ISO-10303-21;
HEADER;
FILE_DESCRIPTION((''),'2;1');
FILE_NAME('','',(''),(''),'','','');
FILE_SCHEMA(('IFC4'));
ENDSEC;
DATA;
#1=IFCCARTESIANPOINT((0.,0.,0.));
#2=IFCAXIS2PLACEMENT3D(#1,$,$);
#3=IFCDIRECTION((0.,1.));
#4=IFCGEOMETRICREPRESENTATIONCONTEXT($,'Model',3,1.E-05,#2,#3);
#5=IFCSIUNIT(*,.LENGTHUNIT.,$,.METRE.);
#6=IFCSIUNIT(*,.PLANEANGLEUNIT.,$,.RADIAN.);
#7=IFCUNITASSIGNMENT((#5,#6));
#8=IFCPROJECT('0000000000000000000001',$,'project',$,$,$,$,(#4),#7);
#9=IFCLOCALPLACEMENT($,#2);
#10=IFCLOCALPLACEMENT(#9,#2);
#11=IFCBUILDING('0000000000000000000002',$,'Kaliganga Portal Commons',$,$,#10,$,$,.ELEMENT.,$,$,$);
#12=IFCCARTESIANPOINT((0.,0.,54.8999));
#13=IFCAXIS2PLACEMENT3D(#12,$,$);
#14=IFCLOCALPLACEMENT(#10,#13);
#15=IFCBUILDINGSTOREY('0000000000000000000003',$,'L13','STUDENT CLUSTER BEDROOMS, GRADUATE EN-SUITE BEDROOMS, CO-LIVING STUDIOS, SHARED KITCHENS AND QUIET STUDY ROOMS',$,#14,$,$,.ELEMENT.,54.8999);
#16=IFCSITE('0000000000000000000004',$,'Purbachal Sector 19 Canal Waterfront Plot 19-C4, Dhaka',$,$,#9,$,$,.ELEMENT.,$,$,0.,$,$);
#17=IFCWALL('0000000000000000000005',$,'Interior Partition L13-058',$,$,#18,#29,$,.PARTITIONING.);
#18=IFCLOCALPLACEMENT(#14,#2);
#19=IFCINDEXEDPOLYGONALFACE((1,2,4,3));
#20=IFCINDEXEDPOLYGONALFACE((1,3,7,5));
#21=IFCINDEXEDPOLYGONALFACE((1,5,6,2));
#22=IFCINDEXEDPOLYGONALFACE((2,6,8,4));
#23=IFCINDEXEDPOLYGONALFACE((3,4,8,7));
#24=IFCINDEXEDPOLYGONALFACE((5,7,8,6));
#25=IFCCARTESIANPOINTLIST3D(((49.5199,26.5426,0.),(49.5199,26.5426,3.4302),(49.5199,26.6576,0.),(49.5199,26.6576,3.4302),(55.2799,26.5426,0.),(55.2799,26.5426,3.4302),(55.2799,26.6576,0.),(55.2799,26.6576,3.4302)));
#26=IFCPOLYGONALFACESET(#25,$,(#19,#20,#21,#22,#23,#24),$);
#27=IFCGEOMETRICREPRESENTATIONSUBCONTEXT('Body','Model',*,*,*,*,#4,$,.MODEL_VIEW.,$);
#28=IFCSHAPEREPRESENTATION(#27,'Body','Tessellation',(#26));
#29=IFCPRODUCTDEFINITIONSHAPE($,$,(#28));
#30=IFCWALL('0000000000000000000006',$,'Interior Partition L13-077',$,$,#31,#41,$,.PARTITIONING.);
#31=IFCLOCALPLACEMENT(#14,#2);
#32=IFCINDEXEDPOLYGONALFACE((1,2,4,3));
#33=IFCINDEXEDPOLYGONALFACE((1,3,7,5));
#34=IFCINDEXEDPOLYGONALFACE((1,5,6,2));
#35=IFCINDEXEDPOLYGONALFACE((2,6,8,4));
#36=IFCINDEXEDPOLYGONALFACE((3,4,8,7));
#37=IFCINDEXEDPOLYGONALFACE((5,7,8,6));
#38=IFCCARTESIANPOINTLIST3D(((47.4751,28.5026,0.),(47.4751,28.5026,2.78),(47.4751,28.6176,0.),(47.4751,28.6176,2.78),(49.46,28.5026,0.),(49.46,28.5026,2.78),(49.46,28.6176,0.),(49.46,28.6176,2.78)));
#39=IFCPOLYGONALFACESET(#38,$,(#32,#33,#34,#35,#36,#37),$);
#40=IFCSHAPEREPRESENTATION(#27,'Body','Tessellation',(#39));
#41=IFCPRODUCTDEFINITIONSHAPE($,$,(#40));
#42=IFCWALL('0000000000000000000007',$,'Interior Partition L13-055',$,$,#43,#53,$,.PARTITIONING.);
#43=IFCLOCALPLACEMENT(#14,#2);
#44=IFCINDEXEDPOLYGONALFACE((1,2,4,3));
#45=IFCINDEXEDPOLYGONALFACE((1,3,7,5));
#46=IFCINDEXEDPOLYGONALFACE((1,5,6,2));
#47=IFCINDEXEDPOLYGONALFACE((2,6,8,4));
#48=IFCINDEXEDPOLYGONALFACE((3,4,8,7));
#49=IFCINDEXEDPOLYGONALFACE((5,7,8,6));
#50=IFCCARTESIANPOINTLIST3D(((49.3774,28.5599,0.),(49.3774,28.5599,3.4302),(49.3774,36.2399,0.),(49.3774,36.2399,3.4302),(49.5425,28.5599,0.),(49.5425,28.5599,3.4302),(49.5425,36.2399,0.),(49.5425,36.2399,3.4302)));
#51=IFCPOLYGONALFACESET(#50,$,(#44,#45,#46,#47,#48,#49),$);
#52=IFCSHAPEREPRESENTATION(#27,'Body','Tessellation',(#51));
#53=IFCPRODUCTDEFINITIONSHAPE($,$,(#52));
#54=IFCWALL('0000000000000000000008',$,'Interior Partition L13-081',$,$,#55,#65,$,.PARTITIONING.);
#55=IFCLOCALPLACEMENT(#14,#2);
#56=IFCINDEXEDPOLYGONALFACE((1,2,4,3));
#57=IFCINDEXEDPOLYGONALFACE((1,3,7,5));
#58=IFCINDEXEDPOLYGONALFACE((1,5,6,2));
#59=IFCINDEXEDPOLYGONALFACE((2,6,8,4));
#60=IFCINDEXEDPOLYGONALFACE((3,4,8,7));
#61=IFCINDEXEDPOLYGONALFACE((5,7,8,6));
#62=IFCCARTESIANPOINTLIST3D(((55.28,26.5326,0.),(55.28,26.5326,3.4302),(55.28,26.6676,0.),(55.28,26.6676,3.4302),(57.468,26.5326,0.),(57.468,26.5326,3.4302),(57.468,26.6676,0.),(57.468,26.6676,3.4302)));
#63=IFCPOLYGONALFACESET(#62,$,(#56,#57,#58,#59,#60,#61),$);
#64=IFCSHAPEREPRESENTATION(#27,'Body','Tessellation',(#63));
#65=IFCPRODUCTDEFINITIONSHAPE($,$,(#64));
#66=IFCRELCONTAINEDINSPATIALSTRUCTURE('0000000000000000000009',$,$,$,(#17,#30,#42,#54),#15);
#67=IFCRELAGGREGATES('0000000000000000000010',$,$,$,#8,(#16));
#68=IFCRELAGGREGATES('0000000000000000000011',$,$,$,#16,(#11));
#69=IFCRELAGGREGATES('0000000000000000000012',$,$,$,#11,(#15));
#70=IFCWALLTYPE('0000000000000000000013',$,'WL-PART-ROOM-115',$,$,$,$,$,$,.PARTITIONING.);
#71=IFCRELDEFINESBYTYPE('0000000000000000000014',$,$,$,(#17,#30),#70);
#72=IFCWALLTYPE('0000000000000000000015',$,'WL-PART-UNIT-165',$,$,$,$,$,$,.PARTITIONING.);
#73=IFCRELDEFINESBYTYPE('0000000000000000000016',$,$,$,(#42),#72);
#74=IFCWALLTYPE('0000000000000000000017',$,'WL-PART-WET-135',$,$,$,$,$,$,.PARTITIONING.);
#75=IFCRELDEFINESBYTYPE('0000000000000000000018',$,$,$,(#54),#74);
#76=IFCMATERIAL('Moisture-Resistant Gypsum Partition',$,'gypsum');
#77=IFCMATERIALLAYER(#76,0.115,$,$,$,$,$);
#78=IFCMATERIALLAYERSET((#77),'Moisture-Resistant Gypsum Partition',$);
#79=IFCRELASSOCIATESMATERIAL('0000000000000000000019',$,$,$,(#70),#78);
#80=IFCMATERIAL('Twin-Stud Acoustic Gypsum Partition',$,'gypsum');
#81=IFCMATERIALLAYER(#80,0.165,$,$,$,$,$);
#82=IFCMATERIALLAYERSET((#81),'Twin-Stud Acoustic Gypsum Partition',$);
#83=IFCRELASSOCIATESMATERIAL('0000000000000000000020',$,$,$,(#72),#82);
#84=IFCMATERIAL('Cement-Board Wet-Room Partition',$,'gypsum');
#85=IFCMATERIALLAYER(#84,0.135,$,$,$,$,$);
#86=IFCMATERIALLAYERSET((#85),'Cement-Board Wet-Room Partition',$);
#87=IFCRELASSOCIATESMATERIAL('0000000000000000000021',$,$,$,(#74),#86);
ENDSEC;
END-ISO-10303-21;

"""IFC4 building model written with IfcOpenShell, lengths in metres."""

from ifc_helpers import new_model, si_unit, direction, frame, frame_2d, origin, place, context, subcontext, project, spatial, rectangle, extrude, material, layer, layer_set, type_object, element, save


model = new_model("IFC4")

# Units and contexts
model_context = context("Model", 3, precision=1e-05, world=origin(), true_north=direction((0.0, 1.0)))
body_context = subcontext(model_context, "Body", "Model", "MODEL_VIEW")
ifc_project = project(units=[si_unit("LENGTHUNIT", "METRE"), si_unit("PLANEANGLEUNIT", "RADIAN")], contexts=[model_context])

# Site, building, storey
site_placement = place(None, origin())
site = spatial("IfcSite", under=ifc_project, at=site_placement, Name="Purbachal Sector 19 Canal Waterfront Plot 19-C4, Dhaka", CompositionType="ELEMENT", RefElevation=0.0)
building_placement = place(site_placement, origin())
building = spatial("IfcBuilding", under=site, at=building_placement, Name="Kaliganga Portal Commons", CompositionType="ELEMENT")
storey_placement = place(building_placement, frame((0.0, 0.0, 54.8999)))
storey = spatial("IfcBuildingStorey", under=building, at=storey_placement, Name="L13", Description="STUDENT CLUSTER BEDROOMS, GRADUATE EN-SUITE BEDROOMS, CO-LIVING STUDIOS, SHARED KITCHENS AND QUIET STUDY ROOMS", CompositionType="ELEMENT", Elevation=54.8999)

# Walls
ifc_material_1 = material(Name="Moisture-Resistant Gypsum Partition", Category="gypsum")
ifc_layer_1 = layer(ifc_material_1, 0.115)
ifc_layer_set_1 = layer_set([ifc_layer_1], Name="Moisture-Resistant Gypsum Partition")
wall_type_1 = type_object("IfcWallType", Name="WL-PART-ROOM-115", PredefinedType="PARTITIONING", material=ifc_layer_set_1)
wall_1_placement = place(storey_placement, frame((49.52, 26.6001, 0.0), z_axis=(0.0, 0.0, 1.0), x_axis=(1.0, 0.0, 0.0)))
element("IfcWall", 1, at=wall_1_placement, inside=storey, type_object=wall_type_1, Name="Interior Partition L13-058", PredefinedType="PARTITIONING", context=body_context, shape_type="SweptSolid", body=[
    extrude(rectangle(XDim=5.76, YDim=0.115, at=frame_2d((2.8799, 0.0))), origin(), (0.0, 0.0, 1.0), 3.4302),
])
wall_2_placement = place(storey_placement, frame((47.4751, 28.5601, 0.0), z_axis=(0.0, 0.0, 1.0), x_axis=(1.0, 0.0, 0.0)))
element("IfcWall", 2, at=wall_2_placement, inside=storey, type_object=wall_type_1, Name="Interior Partition L13-077", PredefinedType="PARTITIONING", context=body_context, shape_type="SweptSolid", body=[
    extrude(rectangle(XDim=1.9849, YDim=0.115, at=frame_2d((0.9924, 0.0))), origin(), (0.0, 0.0, 1.0), 2.78),
])
ifc_material_2 = material(Name="Twin-Stud Acoustic Gypsum Partition", Category="gypsum")
ifc_layer_2 = layer(ifc_material_2, 0.165)
ifc_layer_set_2 = layer_set([ifc_layer_2], Name="Twin-Stud Acoustic Gypsum Partition")
wall_type_2 = type_object("IfcWallType", Name="WL-PART-UNIT-165", PredefinedType="PARTITIONING", material=ifc_layer_set_2)
wall_3_placement = place(storey_placement, frame((49.46, 28.5601, 0.0), z_axis=(0.0, 0.0, 1.0), x_axis=(0.0, 1.0, 0.0)))
element("IfcWall", 3, at=wall_3_placement, inside=storey, type_object=wall_type_2, Name="Interior Partition L13-055", PredefinedType="PARTITIONING", context=body_context, shape_type="SweptSolid", body=[
    extrude(rectangle(XDim=7.6799, YDim=0.165, at=frame_2d((3.8398, 0.0))), origin(), (0.0, 0.0, 1.0), 3.4302),
])
ifc_material_3 = material(Name="Cement-Board Wet-Room Partition", Category="gypsum")
ifc_layer_3 = layer(ifc_material_3, 0.135)
ifc_layer_set_3 = layer_set([ifc_layer_3], Name="Cement-Board Wet-Room Partition")
wall_type_3 = type_object("IfcWallType", Name="WL-PART-WET-135", PredefinedType="PARTITIONING", material=ifc_layer_set_3)
wall_4_placement = place(storey_placement, frame((55.28, 26.6001, 0.0), z_axis=(0.0, 0.0, 1.0), x_axis=(1.0, 0.0, 0.0)))
element("IfcWall", 4, at=wall_4_placement, inside=storey, type_object=wall_type_3, Name="Interior Partition L13-081", PredefinedType="PARTITIONING", context=body_context, shape_type="SweptSolid", body=[
    extrude(rectangle(XDim=2.188, YDim=0.135, at=frame_2d((1.094, 0.0))), origin(), (0.0, 0.0, 1.0), 3.4302),
])

save(model, "model.ifc")
